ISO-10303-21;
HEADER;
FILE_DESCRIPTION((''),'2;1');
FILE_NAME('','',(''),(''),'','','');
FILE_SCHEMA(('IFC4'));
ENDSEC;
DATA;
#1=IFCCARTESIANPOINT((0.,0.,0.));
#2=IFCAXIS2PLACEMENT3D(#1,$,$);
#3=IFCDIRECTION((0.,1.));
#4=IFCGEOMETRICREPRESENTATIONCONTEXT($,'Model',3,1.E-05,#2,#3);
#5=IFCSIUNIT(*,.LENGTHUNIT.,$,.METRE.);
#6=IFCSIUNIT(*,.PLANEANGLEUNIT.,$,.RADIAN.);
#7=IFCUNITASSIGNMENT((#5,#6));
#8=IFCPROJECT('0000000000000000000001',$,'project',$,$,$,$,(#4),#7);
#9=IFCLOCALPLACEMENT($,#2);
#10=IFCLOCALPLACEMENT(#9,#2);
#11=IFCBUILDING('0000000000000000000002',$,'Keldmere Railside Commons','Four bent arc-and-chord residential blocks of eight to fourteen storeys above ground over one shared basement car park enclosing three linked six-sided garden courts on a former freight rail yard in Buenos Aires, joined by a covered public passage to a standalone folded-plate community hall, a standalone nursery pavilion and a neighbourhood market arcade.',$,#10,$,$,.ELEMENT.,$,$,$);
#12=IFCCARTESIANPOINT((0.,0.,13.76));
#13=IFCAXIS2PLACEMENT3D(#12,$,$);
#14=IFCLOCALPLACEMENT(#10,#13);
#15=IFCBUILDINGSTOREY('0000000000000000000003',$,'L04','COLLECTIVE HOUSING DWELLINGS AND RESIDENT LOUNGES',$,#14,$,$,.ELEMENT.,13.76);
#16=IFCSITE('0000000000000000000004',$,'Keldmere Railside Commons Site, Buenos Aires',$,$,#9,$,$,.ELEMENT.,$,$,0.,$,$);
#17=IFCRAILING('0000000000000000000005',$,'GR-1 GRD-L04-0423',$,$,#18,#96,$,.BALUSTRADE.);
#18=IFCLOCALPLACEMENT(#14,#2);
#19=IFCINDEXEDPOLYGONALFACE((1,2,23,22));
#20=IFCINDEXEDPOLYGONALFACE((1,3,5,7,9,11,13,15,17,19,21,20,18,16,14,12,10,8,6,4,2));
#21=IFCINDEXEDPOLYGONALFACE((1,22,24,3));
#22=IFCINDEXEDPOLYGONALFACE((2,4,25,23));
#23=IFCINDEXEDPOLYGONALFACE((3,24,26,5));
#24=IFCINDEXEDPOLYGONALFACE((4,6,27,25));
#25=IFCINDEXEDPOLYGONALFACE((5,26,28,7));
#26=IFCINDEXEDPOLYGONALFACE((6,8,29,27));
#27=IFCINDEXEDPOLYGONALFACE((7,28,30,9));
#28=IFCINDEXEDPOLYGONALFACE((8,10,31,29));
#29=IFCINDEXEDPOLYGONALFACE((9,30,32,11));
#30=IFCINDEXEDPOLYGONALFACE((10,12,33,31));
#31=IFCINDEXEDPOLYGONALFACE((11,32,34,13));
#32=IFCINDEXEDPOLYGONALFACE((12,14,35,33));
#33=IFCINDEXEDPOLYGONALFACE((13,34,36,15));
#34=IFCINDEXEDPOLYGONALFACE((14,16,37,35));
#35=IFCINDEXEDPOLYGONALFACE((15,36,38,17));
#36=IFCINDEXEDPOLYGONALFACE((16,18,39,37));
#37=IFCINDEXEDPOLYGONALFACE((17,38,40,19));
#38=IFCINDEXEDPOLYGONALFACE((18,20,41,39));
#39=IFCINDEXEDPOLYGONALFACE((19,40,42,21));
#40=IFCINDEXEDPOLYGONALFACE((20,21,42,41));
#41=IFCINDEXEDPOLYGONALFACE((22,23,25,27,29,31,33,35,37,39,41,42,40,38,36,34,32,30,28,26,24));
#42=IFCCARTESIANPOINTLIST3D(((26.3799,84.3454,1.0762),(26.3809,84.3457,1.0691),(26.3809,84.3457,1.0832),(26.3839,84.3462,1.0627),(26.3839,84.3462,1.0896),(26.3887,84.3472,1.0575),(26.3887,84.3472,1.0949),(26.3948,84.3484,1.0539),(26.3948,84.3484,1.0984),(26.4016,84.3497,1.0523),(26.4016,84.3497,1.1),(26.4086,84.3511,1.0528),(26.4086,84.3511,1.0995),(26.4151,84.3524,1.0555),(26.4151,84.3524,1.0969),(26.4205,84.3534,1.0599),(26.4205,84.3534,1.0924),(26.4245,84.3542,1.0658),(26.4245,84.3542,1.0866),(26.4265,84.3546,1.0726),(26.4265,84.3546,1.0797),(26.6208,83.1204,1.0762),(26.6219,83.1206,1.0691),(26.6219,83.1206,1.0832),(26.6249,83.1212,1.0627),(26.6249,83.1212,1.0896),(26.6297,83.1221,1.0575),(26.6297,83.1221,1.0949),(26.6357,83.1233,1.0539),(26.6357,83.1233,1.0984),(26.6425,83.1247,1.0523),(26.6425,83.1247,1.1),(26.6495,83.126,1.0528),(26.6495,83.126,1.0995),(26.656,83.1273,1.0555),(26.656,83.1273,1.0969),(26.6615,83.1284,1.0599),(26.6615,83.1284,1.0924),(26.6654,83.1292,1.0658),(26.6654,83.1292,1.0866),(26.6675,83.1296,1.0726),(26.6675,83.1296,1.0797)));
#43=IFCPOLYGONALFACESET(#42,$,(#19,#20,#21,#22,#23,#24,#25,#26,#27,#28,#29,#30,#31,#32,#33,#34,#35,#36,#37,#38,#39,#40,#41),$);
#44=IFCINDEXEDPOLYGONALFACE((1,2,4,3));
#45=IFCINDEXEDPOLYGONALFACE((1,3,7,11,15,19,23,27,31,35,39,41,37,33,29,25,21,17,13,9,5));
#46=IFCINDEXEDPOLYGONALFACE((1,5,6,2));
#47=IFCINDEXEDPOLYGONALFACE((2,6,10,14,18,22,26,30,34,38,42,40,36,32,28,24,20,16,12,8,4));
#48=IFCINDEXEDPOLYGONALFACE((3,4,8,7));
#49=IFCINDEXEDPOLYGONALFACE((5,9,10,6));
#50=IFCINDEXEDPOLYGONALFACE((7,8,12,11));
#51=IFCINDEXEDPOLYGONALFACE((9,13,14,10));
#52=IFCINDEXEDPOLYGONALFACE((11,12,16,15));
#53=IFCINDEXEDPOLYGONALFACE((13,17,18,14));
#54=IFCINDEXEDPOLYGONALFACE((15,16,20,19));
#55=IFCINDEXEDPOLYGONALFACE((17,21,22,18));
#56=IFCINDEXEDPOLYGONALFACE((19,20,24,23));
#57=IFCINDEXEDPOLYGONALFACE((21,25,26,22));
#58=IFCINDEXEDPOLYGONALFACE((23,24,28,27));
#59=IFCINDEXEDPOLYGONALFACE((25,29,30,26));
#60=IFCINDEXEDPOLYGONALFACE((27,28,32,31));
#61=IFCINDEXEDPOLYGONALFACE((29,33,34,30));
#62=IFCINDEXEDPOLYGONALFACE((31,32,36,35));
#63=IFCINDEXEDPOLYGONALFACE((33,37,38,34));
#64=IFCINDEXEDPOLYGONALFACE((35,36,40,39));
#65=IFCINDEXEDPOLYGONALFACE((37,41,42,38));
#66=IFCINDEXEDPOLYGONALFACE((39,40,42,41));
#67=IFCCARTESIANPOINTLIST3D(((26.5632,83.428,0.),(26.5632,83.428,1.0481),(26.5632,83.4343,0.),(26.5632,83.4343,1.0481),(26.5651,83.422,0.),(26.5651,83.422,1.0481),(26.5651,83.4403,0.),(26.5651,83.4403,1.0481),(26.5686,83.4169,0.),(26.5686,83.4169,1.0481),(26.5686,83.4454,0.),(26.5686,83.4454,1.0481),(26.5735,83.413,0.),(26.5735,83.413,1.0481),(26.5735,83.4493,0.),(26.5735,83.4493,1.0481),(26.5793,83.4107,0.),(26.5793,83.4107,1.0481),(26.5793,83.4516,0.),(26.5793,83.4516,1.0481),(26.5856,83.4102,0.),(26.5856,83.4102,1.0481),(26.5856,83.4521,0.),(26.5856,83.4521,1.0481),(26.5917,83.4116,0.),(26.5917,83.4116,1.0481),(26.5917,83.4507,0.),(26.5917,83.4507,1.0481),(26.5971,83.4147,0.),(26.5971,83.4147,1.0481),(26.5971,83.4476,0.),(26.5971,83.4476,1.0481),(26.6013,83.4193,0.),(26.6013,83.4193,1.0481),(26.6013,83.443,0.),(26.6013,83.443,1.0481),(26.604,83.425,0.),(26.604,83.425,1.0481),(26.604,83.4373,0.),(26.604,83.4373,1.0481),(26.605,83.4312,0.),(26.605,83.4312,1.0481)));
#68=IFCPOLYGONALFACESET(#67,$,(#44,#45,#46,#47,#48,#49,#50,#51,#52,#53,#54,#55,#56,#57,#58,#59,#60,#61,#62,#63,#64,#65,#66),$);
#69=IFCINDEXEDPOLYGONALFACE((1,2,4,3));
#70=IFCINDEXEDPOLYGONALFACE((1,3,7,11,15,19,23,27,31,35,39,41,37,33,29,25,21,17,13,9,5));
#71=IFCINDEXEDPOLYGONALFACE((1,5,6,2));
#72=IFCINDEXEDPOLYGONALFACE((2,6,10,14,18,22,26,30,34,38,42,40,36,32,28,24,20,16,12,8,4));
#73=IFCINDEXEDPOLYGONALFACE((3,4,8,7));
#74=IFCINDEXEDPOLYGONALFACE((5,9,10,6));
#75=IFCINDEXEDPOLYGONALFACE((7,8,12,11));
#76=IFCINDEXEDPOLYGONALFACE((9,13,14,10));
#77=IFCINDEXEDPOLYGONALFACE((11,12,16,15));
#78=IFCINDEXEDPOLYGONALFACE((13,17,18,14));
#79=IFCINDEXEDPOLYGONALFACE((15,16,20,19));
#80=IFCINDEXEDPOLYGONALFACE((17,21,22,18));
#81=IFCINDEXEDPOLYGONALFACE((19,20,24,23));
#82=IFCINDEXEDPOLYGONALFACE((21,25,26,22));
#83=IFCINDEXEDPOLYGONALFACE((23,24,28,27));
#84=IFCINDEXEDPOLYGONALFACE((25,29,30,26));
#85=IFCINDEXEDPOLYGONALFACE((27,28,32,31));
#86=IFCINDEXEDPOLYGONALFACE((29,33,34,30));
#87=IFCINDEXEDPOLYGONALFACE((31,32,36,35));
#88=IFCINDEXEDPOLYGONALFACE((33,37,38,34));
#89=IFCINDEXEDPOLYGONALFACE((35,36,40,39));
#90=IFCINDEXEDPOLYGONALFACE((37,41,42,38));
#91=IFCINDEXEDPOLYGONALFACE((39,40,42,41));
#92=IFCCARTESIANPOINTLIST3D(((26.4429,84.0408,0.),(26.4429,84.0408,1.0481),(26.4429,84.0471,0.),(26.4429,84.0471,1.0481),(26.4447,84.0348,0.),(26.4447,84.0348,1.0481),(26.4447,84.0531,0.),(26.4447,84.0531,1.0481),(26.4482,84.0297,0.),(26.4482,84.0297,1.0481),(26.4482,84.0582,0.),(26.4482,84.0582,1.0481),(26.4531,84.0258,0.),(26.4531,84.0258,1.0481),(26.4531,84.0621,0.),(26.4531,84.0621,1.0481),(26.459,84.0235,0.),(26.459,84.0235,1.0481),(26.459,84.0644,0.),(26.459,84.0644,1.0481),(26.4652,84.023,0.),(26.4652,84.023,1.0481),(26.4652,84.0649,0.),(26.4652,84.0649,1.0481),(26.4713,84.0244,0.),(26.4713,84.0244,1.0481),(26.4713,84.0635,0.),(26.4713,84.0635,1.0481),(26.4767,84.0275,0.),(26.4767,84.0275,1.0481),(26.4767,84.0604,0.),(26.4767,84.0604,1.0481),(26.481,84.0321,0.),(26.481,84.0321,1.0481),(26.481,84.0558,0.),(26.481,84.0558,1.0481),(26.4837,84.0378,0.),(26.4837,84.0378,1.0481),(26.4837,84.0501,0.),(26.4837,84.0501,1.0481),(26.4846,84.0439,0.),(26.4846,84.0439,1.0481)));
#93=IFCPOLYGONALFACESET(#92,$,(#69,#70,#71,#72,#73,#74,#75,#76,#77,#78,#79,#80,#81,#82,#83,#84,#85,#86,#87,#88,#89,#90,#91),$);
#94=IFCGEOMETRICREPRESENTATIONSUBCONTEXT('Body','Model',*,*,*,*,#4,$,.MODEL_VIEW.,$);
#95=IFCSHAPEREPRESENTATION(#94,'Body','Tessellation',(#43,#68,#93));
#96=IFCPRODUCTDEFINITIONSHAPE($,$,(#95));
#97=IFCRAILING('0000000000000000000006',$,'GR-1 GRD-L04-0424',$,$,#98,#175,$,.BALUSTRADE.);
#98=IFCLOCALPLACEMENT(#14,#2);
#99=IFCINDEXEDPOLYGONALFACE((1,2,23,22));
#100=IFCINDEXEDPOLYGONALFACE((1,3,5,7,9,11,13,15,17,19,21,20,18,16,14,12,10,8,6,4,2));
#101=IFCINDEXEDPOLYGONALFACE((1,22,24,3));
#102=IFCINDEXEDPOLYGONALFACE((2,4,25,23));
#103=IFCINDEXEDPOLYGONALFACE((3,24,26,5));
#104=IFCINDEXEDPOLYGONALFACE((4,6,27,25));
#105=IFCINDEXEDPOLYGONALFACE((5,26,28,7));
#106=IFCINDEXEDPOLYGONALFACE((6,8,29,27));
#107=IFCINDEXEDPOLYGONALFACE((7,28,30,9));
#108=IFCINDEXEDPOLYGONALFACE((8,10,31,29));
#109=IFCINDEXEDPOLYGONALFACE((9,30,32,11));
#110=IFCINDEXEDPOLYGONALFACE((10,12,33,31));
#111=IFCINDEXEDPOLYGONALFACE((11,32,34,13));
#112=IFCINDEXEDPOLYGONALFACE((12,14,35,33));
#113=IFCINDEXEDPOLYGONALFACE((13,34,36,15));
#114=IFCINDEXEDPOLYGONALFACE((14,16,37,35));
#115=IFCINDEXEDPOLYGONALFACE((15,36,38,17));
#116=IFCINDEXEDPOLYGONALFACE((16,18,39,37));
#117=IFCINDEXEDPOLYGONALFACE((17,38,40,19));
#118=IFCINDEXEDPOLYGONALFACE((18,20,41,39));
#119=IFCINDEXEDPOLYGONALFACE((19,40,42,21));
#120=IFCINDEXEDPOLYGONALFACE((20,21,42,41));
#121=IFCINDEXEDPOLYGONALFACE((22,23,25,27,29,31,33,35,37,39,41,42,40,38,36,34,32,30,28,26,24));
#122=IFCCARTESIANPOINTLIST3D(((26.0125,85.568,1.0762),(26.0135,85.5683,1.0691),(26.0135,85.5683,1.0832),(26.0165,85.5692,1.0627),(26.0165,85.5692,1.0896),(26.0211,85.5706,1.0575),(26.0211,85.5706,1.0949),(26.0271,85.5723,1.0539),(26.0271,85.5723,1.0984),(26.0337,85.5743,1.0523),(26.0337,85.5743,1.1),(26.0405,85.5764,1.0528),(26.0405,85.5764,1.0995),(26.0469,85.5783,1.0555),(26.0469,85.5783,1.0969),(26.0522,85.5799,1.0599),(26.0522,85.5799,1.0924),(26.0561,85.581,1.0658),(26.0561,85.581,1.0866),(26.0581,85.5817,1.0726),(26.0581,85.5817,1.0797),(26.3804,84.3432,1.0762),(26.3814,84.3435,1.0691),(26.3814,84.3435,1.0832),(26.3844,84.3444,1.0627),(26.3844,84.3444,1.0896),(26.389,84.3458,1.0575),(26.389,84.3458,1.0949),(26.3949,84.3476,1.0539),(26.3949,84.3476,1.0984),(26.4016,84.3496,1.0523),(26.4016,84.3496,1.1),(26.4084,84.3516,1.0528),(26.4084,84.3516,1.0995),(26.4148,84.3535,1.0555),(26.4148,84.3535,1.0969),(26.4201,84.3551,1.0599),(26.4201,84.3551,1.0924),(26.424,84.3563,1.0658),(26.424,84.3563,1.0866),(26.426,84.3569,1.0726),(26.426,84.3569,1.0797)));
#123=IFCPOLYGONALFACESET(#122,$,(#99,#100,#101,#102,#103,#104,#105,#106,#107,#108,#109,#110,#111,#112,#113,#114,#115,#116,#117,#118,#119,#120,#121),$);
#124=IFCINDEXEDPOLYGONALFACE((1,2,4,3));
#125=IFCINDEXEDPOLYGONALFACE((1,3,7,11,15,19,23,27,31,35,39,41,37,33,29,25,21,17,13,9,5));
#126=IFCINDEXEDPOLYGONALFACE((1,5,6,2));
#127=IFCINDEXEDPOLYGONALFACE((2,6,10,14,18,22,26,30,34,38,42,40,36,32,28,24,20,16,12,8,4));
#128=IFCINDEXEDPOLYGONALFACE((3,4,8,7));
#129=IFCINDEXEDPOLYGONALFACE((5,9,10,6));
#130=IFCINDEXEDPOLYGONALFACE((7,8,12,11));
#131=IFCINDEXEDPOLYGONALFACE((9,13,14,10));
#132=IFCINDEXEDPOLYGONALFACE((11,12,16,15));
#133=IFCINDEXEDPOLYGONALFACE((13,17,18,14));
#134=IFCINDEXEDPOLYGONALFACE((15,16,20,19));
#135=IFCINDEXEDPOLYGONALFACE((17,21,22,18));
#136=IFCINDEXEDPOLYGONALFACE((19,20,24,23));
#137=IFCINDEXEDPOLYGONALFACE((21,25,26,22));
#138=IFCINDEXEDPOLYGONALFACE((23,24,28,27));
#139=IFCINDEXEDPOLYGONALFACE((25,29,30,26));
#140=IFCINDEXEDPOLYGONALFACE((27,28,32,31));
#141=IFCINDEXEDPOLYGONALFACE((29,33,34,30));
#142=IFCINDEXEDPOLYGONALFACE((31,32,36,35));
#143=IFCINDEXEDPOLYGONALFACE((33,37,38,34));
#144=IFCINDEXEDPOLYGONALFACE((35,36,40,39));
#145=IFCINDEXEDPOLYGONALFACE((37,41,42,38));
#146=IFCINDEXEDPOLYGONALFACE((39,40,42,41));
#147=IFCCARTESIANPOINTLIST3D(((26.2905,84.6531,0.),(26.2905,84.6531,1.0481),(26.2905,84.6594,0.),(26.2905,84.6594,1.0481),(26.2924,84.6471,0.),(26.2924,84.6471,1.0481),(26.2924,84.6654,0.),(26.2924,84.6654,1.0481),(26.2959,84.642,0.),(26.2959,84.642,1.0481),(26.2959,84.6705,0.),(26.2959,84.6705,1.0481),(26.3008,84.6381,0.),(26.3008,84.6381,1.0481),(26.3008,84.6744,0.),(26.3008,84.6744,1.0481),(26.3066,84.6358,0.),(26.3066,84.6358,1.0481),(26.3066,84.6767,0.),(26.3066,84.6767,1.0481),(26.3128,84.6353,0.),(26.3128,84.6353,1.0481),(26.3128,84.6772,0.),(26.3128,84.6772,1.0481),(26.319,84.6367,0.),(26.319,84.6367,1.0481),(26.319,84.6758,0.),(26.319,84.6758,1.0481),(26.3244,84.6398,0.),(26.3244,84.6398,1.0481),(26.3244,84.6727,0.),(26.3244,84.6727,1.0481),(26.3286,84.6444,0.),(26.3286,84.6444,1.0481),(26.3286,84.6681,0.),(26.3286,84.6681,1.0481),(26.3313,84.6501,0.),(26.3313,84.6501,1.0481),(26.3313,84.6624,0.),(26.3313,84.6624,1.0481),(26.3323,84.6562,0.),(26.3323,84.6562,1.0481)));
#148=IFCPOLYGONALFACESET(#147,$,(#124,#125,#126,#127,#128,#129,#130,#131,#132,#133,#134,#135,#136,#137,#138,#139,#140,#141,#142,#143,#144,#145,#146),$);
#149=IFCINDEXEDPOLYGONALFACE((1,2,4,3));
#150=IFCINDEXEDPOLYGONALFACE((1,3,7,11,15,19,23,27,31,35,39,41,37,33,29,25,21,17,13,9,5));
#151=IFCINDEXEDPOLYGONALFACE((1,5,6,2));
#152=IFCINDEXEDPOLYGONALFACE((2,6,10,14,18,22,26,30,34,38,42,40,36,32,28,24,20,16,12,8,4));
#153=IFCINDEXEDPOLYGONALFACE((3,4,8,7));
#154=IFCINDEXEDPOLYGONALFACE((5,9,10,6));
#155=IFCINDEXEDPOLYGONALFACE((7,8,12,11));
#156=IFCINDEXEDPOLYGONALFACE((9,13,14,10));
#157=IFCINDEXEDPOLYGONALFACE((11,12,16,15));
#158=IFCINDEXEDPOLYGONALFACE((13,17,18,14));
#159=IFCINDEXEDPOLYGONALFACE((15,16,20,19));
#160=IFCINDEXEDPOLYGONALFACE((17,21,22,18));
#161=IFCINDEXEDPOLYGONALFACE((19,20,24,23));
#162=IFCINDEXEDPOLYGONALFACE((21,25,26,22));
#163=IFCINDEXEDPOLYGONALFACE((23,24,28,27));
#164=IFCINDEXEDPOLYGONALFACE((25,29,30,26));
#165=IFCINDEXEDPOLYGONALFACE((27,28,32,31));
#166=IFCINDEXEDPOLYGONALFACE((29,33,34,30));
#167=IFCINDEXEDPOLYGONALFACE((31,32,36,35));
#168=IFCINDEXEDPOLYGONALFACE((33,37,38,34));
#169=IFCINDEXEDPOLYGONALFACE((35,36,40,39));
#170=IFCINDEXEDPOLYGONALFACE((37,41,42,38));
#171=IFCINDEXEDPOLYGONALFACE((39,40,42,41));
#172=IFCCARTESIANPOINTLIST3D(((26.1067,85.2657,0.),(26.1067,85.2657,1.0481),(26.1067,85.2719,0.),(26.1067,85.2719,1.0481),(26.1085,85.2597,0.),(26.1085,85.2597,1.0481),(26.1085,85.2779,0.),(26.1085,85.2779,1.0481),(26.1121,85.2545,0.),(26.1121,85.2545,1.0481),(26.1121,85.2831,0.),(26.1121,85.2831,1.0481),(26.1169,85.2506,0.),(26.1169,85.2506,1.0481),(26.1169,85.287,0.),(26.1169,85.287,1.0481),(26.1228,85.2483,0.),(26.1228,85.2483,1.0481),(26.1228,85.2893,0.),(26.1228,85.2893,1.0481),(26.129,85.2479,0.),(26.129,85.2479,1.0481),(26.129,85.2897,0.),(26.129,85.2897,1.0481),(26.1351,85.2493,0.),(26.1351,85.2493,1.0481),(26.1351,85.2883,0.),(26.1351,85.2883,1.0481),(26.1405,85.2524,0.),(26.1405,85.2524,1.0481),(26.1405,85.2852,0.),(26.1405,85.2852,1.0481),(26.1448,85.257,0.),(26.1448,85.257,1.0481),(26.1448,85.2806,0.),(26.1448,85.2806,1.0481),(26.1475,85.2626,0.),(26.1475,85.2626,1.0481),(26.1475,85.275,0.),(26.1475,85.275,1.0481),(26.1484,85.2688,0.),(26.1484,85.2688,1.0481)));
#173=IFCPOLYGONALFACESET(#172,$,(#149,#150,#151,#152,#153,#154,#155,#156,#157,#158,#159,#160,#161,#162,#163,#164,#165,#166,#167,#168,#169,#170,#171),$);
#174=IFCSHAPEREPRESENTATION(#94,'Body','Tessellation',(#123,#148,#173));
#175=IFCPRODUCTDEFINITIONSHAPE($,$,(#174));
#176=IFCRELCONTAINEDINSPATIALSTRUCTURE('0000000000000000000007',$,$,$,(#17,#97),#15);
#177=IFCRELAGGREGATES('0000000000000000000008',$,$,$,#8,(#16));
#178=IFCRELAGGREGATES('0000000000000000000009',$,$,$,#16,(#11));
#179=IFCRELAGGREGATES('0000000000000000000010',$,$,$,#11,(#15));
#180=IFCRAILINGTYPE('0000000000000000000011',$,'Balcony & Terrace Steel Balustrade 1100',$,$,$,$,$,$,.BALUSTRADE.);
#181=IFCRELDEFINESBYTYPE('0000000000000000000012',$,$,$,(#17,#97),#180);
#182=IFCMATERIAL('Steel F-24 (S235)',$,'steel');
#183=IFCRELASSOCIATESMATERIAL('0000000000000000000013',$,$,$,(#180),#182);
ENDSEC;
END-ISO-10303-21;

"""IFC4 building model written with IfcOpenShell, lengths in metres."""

from ifc_helpers import new_model, si_unit, direction, frame, origin, origin_2d, place, context, subcontext, project, spatial, circle, extrude, material, type_object, element, save


model = new_model("IFC4")

# Units and contexts
model_context = context("Model", 3, precision=1e-05, world=origin(), true_north=direction((0.0, 1.0)))
body_context = subcontext(model_context, "Body", "Model", "MODEL_VIEW")
ifc_project = project(units=[si_unit("LENGTHUNIT", "METRE"), si_unit("PLANEANGLEUNIT", "RADIAN")], contexts=[model_context])

# Site, building, storey
site_placement = place(None, origin())
site = spatial("IfcSite", under=ifc_project, at=site_placement, Name="Keldmere Railside Commons Site, Buenos Aires", CompositionType="ELEMENT", RefElevation=0.0)
building_placement = place(site_placement, origin())
building = spatial("IfcBuilding", under=site, at=building_placement, Name="Keldmere Railside Commons", Description="Four bent arc-and-chord residential blocks of eight to fourteen storeys above ground over one shared basement car park enclosing three linked six-sided garden courts on a former freight rail yard in Buenos Aires, joined by a covered public passage to a standalone folded-plate community hall, a standalone nursery pavilion and a neighbourhood market arcade.", CompositionType="ELEMENT")
storey_placement = place(building_placement, frame((0.0, 0.0, 13.76)))
storey = spatial("IfcBuildingStorey", under=building, at=storey_placement, Name="L04", Description="COLLECTIVE HOUSING DWELLINGS AND RESIDENT LOUNGES", CompositionType="ELEMENT", Elevation=13.76)

# Railings
ifc_material_1 = material(Name="Steel F-24 (S235)", Category="steel")
railing_type = type_object("IfcRailingType", Name="Balcony & Terrace Steel Balustrade 1100", PredefinedType="BALUSTRADE", material=ifc_material_1)
railing_1_placement = place(storey_placement, frame((26.6443, 83.125, 0.0)))
element("IfcRailing", 1, at=railing_1_placement, inside=storey, type_object=railing_type, Name="GR-1 GRD-L04-0423", PredefinedType="BALUSTRADE", context=body_context, shape_type="SweptSolid", body=[
    extrude(circle(Radius=0.0239, at=origin_2d()), frame((0.0, 0.0, 1.0762), z_axis=(-0.192994, 0.9812, 0.0), x_axis=(-0.9812, -0.192994, 0.0)), (0.0, 0.0, 1.0), 1.2485),
    extrude(circle(Radius=0.021, at=origin_2d()), frame((-0.0603, 0.3062, 0.0)), (0.0, 0.0, 1.0), 1.0481),
    extrude(circle(Radius=0.021, at=origin_2d()), frame((-0.1807, 0.9189, 0.0)), (0.0, 0.0, 1.0), 1.0481),
])
railing_2_placement = place(storey_placement, frame((26.4033, 84.3501, 0.0)))
element("IfcRailing", 2, at=railing_2_placement, inside=storey, type_object=railing_type, Name="GR-1 GRD-L04-0424", PredefinedType="BALUSTRADE", context=body_context, shape_type="SweptSolid", body=[
    extrude(circle(Radius=0.0239, at=origin_2d()), frame((0.0, 0.0, 1.0762), z_axis=(-0.287681, 0.957726, 0.0), x_axis=(-0.957726, -0.287681, 0.0)), (0.0, 0.0, 1.0), 1.2788),
    extrude(circle(Radius=0.021, at=origin_2d()), frame((-0.092, 0.3062, 0.0)), (0.0, 0.0, 1.0), 1.0481),
    extrude(circle(Radius=0.021, at=origin_2d()), frame((-0.2759, 0.9187, 0.0)), (0.0, 0.0, 1.0), 1.0481),
])

save(model, "model.ifc")
